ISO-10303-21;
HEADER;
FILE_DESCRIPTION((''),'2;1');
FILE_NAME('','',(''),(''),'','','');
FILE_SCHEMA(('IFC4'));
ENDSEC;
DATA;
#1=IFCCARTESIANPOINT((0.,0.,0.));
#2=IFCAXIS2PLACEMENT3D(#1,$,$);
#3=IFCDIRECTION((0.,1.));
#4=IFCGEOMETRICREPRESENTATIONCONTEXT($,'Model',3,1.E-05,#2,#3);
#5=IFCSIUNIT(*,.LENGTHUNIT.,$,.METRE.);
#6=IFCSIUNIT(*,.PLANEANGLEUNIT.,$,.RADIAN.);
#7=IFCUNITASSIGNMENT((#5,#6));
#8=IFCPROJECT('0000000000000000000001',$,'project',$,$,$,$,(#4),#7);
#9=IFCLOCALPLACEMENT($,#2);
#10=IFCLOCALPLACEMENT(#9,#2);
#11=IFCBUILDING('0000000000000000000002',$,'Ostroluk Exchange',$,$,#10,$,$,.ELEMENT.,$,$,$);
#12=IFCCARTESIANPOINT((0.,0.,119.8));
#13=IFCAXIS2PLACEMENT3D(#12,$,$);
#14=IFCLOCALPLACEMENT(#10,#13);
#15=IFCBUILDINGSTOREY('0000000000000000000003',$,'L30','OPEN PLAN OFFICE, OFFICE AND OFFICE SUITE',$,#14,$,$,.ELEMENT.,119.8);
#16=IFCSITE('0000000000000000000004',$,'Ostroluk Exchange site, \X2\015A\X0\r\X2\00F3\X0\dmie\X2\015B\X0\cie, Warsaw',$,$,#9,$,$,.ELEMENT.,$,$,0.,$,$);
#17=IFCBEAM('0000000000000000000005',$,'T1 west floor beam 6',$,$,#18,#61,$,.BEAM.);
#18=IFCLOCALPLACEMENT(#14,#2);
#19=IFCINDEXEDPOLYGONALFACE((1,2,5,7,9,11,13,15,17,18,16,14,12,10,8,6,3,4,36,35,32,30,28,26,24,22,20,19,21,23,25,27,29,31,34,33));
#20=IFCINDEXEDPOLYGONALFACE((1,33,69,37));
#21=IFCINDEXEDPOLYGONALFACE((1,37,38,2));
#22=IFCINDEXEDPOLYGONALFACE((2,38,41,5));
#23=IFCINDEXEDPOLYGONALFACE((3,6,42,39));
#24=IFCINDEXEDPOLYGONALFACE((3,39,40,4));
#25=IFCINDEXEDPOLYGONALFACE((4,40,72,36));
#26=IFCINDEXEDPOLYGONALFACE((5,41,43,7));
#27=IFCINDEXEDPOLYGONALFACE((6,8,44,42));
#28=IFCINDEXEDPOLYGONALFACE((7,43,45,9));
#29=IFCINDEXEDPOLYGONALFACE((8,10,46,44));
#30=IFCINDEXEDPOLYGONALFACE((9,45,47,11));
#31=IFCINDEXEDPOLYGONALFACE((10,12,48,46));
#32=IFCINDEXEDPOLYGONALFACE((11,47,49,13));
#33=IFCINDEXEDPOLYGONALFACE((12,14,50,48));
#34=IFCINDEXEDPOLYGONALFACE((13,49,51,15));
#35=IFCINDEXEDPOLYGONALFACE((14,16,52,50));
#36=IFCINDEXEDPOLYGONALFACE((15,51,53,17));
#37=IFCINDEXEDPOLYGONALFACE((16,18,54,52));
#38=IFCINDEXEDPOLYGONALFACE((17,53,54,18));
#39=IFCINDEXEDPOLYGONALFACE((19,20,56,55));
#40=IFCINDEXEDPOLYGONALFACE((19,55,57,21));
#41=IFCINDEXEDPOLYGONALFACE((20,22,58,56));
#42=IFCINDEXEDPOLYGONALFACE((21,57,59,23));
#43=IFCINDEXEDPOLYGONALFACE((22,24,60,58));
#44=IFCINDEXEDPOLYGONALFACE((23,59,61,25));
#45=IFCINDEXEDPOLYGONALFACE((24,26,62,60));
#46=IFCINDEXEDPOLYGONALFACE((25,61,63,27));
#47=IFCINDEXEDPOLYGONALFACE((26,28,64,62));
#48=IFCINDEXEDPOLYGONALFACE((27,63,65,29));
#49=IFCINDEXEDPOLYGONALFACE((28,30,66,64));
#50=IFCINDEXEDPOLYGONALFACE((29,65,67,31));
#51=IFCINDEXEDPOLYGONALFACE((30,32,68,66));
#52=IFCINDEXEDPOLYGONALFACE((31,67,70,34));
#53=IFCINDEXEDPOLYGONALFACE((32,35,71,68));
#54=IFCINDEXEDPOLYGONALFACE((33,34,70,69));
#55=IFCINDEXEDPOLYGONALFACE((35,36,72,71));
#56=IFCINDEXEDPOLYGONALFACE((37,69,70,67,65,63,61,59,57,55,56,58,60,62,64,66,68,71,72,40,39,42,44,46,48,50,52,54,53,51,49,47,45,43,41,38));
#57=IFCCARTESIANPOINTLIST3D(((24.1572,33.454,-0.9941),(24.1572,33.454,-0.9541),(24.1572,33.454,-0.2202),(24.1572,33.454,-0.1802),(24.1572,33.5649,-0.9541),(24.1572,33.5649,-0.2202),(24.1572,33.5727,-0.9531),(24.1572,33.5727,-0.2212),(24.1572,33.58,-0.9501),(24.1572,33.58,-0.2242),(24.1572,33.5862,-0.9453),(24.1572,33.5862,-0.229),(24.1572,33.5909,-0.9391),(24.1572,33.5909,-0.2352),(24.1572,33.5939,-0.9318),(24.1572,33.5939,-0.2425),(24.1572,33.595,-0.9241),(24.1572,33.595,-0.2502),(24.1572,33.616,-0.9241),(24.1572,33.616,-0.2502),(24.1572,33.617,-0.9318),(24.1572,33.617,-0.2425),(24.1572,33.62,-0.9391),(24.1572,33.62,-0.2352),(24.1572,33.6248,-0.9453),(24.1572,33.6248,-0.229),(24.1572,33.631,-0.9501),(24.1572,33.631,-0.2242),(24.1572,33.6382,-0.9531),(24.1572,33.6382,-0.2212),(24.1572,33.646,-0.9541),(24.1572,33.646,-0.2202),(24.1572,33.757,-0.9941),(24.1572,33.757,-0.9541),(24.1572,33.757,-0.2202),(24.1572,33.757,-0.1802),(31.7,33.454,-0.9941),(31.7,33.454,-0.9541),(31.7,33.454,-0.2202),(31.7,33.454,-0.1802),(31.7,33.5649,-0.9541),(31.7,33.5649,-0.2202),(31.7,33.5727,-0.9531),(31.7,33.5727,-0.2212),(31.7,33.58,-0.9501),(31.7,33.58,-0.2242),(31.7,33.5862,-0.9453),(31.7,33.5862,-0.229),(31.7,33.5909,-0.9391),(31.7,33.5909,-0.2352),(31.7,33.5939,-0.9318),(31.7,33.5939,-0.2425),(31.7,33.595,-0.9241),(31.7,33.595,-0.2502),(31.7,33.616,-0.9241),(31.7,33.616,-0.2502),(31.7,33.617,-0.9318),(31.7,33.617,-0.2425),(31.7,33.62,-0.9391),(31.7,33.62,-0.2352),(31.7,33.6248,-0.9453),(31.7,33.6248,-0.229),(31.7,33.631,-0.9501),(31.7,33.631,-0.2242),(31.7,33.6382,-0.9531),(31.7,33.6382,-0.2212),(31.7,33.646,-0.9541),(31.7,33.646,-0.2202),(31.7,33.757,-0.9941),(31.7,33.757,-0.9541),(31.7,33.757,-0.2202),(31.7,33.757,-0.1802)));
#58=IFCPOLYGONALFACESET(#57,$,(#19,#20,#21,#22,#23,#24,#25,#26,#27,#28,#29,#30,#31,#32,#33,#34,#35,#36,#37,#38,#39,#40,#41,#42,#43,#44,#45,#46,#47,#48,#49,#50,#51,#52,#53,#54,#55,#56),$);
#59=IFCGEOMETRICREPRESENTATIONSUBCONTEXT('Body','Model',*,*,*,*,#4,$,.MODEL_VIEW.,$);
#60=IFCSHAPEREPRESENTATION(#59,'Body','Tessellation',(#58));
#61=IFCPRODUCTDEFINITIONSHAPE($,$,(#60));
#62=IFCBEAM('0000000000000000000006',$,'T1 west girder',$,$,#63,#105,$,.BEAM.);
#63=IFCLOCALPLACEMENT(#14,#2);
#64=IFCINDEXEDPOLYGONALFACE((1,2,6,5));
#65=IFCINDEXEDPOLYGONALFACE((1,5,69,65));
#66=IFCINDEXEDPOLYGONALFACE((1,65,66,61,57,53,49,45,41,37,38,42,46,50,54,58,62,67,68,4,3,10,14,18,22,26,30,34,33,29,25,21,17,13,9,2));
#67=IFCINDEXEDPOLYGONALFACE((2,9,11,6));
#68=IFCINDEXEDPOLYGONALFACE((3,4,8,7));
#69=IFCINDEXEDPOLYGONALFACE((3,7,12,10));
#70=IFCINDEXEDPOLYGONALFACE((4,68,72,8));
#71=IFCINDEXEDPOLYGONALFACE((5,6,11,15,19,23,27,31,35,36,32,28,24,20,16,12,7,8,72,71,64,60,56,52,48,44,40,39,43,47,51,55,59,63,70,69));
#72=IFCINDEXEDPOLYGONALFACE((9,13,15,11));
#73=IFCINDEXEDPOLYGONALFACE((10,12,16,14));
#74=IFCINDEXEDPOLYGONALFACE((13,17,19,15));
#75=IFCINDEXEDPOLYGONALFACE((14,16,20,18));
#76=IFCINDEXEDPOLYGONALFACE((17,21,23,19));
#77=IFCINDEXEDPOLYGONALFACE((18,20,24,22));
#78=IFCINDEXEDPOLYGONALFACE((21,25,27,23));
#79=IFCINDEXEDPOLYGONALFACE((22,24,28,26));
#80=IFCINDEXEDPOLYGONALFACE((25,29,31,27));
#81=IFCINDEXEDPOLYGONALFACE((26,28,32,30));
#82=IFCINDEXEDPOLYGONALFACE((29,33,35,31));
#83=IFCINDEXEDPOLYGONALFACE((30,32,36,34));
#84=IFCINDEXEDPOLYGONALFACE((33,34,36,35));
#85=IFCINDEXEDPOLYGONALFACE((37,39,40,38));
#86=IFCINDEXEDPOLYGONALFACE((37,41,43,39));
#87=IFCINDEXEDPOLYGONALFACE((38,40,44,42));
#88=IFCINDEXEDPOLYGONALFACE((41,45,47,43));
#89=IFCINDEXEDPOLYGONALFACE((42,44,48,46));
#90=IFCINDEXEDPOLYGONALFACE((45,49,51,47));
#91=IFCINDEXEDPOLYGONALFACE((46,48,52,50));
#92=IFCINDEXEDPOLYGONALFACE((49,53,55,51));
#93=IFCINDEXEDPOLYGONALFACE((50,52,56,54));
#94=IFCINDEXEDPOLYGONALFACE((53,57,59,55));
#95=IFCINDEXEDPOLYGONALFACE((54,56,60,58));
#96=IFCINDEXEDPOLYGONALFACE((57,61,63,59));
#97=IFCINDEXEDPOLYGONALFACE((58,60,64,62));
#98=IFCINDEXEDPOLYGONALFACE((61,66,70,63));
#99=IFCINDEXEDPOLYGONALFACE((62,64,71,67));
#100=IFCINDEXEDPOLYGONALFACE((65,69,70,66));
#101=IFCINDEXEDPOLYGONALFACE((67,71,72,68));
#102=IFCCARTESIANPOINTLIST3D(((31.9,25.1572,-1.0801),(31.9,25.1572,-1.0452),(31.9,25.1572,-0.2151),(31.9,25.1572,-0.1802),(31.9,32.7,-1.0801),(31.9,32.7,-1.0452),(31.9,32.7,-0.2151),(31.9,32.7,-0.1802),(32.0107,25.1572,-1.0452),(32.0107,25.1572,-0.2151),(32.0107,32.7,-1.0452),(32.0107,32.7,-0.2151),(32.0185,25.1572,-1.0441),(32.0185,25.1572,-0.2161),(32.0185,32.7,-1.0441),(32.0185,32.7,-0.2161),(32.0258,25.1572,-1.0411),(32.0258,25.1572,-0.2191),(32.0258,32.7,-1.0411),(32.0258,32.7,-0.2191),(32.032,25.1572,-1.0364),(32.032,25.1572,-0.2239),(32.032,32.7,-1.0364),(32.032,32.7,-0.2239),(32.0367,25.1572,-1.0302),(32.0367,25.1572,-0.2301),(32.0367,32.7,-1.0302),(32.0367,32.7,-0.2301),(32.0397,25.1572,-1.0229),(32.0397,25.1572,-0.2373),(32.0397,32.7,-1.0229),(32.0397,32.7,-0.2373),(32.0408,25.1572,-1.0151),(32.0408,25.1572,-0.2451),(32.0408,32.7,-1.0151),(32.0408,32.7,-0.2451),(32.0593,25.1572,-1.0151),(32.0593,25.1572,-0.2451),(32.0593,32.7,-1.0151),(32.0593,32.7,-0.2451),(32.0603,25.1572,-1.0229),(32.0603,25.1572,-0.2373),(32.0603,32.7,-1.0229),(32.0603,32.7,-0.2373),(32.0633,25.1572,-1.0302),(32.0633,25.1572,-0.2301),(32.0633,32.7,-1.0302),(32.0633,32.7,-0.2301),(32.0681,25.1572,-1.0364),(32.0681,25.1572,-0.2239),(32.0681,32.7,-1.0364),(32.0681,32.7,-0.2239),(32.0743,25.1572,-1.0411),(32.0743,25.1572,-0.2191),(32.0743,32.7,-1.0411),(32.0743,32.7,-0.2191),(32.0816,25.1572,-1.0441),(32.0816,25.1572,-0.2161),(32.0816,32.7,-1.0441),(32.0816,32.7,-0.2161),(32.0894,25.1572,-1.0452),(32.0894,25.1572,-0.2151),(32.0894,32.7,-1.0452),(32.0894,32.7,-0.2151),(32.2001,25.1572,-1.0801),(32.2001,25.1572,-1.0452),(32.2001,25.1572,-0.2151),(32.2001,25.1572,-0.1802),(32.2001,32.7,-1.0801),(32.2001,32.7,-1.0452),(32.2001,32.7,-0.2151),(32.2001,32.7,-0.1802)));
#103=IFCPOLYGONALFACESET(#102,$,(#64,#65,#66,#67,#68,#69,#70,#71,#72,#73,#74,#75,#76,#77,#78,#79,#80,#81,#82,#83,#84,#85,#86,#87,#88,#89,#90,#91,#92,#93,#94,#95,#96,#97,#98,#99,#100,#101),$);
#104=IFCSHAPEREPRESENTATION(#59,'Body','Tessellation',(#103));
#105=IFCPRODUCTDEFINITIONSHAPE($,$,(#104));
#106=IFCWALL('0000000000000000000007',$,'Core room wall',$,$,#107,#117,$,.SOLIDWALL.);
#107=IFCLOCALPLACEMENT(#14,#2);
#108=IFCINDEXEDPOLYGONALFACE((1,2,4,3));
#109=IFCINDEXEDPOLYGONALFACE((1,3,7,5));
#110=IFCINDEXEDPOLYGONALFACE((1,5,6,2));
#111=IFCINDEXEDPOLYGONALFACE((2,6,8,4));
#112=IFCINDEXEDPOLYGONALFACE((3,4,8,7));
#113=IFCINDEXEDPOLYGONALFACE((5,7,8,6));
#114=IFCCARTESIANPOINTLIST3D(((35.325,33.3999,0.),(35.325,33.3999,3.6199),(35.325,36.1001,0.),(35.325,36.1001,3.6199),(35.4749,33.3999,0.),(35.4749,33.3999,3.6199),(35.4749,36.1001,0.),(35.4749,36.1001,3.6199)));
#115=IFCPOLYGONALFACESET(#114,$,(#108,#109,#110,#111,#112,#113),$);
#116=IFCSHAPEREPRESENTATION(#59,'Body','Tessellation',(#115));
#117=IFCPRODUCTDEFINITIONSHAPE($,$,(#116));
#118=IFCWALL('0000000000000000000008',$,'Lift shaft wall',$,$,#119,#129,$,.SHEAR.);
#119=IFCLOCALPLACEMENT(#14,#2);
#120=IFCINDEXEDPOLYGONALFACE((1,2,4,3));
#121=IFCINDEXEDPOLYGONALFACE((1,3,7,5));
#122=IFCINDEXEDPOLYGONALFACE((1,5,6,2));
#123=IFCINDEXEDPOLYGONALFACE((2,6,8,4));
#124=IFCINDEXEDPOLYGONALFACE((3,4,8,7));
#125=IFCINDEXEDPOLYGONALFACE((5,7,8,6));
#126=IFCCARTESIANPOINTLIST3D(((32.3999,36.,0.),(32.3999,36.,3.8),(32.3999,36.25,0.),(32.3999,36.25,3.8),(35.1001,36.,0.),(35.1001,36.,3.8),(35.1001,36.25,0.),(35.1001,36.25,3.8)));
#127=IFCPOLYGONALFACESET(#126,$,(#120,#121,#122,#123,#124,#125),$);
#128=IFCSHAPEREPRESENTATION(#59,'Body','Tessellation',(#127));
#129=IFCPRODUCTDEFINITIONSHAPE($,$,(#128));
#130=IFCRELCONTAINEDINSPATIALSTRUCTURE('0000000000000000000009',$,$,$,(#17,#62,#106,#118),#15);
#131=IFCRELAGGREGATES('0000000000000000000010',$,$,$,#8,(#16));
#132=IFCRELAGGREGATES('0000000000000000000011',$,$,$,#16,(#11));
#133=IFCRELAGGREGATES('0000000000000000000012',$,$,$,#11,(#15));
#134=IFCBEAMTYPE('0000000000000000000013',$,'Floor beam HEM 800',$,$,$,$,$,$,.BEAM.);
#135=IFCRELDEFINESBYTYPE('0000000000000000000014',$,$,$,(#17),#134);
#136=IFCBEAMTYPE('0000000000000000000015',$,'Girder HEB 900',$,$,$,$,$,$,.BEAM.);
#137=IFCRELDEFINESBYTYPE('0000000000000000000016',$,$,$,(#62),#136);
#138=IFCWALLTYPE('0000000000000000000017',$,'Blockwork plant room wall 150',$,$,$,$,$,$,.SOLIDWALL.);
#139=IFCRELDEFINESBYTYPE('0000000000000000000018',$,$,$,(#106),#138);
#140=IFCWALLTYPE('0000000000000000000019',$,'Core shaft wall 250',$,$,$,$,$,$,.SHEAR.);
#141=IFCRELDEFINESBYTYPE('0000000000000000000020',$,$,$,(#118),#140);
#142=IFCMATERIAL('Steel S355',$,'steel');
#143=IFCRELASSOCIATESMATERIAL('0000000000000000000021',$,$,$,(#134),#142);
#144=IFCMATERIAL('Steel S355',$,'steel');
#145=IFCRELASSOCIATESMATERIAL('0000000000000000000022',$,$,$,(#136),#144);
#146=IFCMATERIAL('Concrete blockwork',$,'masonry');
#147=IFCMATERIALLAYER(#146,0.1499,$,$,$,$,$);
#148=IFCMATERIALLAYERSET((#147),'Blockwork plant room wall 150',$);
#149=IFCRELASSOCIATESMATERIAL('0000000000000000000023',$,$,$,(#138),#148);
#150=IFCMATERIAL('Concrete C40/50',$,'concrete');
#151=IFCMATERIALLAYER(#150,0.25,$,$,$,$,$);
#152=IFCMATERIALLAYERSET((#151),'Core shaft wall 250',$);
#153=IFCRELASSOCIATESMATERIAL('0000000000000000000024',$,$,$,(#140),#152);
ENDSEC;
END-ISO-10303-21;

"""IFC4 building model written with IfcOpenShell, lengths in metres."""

from ifc_helpers import new_model, si_unit, direction, frame, frame_2d, origin, origin_2d, place, context, subcontext, project, spatial, rectangle, i_section, extrude, material, layer, layer_set, material_profile, profile_set, type_object, element, save


model = new_model("IFC4")

# Units and contexts
model_context = context("Model", 3, precision=1e-05, world=origin(), true_north=direction((0.0, 1.0)))
body_context = subcontext(model_context, "Body", "Model", "MODEL_VIEW")
ifc_project = project(units=[si_unit("LENGTHUNIT", "METRE"), si_unit("PLANEANGLEUNIT", "RADIAN")], contexts=[model_context])

# Site, building, storey
site_placement = place(None, origin())
site = spatial("IfcSite", under=ifc_project, at=site_placement, Name="Ostroluk Exchange site, Śródmieście, Warsaw", CompositionType="ELEMENT", RefElevation=0.0)
building_placement = place(site_placement, origin())
building = spatial("IfcBuilding", under=site, at=building_placement, Name="Ostroluk Exchange", CompositionType="ELEMENT")
storey_placement = place(building_placement, frame((0.0, 0.0, 119.8)))
storey = spatial("IfcBuildingStorey", under=building, at=storey_placement, Name="L30", Description="OPEN PLAN OFFICE, OFFICE AND OFFICE SUITE", CompositionType="ELEMENT", Elevation=119.8)

# Beams
ifc_material_1 = material(Name="Steel S355", Category="steel")
ifc_material_profile_1 = material_profile(ifc_material_1, i_section(OverallWidth=0.303, OverallDepth=0.814, WebThickness=0.021, FlangeThickness=0.04, FilletRadius=0.03, at=origin_2d()), Name="HEM 800")
ifc_profile_set_1 = profile_set([ifc_material_profile_1], Name="Steel S355")
beam_type_1 = type_object("IfcBeamType", Name="Floor beam HEM 800", PredefinedType="BEAM", material=ifc_profile_set_1)
beam_1_placement = place(storey_placement, frame((31.7, 33.6055, -0.5872), z_axis=(-1.0, 0.0, 0.0), x_axis=(0.0, -1.0, 0.0)))
element("IfcBeam", 1, at=beam_1_placement, inside=storey, type_object=beam_type_1, Name="T1 west floor beam 6", PredefinedType="BEAM", context=body_context, shape_type="SweptSolid", body=[
    extrude(i_section(OverallWidth=0.303, OverallDepth=0.814, WebThickness=0.021, FlangeThickness=0.04, FilletRadius=0.03, at=origin_2d()), origin(), (0.0, 0.0, 1.0), 7.5427),
])
ifc_material_2 = material(Name="Steel S355", Category="steel")
ifc_material_profile_2 = material_profile(ifc_material_2, i_section(OverallWidth=0.3, OverallDepth=0.8999, WebThickness=0.0186, FlangeThickness=0.0349, FilletRadius=0.03, at=origin_2d()), Name="HEB 900")
ifc_profile_set_2 = profile_set([ifc_material_profile_2], Name="Steel S355")
beam_type_2 = type_object("IfcBeamType", Name="Girder HEB 900", PredefinedType="BEAM", material=ifc_profile_set_2)
beam_2_placement = place(storey_placement, frame((32.05, 32.7, -0.6301), z_axis=(0.0, -1.0, 0.0), x_axis=(1.0, 0.0, 0.0)))
element("IfcBeam", 2, at=beam_2_placement, inside=storey, type_object=beam_type_2, Name="T1 west girder", PredefinedType="BEAM", context=body_context, shape_type="SweptSolid", body=[
    extrude(i_section(OverallWidth=0.3, OverallDepth=0.8999, WebThickness=0.0186, FlangeThickness=0.0349, FilletRadius=0.03, at=origin_2d()), origin(), (0.0, 0.0, 1.0), 7.5427),
])

# Walls
ifc_material_3 = material(Name="Concrete blockwork", Category="masonry")
ifc_layer_1 = layer(ifc_material_3, 0.1499)
ifc_layer_set_1 = layer_set([ifc_layer_1], Name="Blockwork plant room wall 150")
wall_type_1 = type_object("IfcWallType", Name="Blockwork plant room wall 150", PredefinedType="SOLIDWALL", material=ifc_layer_set_1)
wall_1_placement = place(storey_placement, frame((35.3999, 33.3999, 0.0), z_axis=(0.0, 0.0, 1.0), x_axis=(0.0, 1.0, 0.0)))
element("IfcWall", 3, at=wall_1_placement, inside=storey, type_object=wall_type_1, Name="Core room wall", PredefinedType="SOLIDWALL", context=body_context, shape_type="SweptSolid", body=[
    extrude(rectangle(XDim=2.7002, YDim=0.1499, at=frame_2d((1.3501, 0.0))), origin(), (0.0, 0.0, 1.0), 3.6199),
])
ifc_material_4 = material(Name="Concrete C40/50", Category="concrete")
ifc_layer_2 = layer(ifc_material_4, 0.25)
ifc_layer_set_2 = layer_set([ifc_layer_2], Name="Core shaft wall 250")
wall_type_2 = type_object("IfcWallType", Name="Core shaft wall 250", PredefinedType="SHEAR", material=ifc_layer_set_2)
wall_2_placement = place(storey_placement, frame((32.3999, 36.125, 0.0), z_axis=(0.0, 0.0, 1.0), x_axis=(1.0, 0.0, 0.0)))
element("IfcWall", 4, at=wall_2_placement, inside=storey, type_object=wall_type_2, Name="Lift shaft wall", PredefinedType="SHEAR", context=body_context, shape_type="SweptSolid", body=[
    extrude(rectangle(XDim=2.7002, YDim=0.25, at=frame_2d((1.3501, 0.0))), origin(), (0.0, 0.0, 1.0), 3.8),
])

save(model, "model.ifc")
